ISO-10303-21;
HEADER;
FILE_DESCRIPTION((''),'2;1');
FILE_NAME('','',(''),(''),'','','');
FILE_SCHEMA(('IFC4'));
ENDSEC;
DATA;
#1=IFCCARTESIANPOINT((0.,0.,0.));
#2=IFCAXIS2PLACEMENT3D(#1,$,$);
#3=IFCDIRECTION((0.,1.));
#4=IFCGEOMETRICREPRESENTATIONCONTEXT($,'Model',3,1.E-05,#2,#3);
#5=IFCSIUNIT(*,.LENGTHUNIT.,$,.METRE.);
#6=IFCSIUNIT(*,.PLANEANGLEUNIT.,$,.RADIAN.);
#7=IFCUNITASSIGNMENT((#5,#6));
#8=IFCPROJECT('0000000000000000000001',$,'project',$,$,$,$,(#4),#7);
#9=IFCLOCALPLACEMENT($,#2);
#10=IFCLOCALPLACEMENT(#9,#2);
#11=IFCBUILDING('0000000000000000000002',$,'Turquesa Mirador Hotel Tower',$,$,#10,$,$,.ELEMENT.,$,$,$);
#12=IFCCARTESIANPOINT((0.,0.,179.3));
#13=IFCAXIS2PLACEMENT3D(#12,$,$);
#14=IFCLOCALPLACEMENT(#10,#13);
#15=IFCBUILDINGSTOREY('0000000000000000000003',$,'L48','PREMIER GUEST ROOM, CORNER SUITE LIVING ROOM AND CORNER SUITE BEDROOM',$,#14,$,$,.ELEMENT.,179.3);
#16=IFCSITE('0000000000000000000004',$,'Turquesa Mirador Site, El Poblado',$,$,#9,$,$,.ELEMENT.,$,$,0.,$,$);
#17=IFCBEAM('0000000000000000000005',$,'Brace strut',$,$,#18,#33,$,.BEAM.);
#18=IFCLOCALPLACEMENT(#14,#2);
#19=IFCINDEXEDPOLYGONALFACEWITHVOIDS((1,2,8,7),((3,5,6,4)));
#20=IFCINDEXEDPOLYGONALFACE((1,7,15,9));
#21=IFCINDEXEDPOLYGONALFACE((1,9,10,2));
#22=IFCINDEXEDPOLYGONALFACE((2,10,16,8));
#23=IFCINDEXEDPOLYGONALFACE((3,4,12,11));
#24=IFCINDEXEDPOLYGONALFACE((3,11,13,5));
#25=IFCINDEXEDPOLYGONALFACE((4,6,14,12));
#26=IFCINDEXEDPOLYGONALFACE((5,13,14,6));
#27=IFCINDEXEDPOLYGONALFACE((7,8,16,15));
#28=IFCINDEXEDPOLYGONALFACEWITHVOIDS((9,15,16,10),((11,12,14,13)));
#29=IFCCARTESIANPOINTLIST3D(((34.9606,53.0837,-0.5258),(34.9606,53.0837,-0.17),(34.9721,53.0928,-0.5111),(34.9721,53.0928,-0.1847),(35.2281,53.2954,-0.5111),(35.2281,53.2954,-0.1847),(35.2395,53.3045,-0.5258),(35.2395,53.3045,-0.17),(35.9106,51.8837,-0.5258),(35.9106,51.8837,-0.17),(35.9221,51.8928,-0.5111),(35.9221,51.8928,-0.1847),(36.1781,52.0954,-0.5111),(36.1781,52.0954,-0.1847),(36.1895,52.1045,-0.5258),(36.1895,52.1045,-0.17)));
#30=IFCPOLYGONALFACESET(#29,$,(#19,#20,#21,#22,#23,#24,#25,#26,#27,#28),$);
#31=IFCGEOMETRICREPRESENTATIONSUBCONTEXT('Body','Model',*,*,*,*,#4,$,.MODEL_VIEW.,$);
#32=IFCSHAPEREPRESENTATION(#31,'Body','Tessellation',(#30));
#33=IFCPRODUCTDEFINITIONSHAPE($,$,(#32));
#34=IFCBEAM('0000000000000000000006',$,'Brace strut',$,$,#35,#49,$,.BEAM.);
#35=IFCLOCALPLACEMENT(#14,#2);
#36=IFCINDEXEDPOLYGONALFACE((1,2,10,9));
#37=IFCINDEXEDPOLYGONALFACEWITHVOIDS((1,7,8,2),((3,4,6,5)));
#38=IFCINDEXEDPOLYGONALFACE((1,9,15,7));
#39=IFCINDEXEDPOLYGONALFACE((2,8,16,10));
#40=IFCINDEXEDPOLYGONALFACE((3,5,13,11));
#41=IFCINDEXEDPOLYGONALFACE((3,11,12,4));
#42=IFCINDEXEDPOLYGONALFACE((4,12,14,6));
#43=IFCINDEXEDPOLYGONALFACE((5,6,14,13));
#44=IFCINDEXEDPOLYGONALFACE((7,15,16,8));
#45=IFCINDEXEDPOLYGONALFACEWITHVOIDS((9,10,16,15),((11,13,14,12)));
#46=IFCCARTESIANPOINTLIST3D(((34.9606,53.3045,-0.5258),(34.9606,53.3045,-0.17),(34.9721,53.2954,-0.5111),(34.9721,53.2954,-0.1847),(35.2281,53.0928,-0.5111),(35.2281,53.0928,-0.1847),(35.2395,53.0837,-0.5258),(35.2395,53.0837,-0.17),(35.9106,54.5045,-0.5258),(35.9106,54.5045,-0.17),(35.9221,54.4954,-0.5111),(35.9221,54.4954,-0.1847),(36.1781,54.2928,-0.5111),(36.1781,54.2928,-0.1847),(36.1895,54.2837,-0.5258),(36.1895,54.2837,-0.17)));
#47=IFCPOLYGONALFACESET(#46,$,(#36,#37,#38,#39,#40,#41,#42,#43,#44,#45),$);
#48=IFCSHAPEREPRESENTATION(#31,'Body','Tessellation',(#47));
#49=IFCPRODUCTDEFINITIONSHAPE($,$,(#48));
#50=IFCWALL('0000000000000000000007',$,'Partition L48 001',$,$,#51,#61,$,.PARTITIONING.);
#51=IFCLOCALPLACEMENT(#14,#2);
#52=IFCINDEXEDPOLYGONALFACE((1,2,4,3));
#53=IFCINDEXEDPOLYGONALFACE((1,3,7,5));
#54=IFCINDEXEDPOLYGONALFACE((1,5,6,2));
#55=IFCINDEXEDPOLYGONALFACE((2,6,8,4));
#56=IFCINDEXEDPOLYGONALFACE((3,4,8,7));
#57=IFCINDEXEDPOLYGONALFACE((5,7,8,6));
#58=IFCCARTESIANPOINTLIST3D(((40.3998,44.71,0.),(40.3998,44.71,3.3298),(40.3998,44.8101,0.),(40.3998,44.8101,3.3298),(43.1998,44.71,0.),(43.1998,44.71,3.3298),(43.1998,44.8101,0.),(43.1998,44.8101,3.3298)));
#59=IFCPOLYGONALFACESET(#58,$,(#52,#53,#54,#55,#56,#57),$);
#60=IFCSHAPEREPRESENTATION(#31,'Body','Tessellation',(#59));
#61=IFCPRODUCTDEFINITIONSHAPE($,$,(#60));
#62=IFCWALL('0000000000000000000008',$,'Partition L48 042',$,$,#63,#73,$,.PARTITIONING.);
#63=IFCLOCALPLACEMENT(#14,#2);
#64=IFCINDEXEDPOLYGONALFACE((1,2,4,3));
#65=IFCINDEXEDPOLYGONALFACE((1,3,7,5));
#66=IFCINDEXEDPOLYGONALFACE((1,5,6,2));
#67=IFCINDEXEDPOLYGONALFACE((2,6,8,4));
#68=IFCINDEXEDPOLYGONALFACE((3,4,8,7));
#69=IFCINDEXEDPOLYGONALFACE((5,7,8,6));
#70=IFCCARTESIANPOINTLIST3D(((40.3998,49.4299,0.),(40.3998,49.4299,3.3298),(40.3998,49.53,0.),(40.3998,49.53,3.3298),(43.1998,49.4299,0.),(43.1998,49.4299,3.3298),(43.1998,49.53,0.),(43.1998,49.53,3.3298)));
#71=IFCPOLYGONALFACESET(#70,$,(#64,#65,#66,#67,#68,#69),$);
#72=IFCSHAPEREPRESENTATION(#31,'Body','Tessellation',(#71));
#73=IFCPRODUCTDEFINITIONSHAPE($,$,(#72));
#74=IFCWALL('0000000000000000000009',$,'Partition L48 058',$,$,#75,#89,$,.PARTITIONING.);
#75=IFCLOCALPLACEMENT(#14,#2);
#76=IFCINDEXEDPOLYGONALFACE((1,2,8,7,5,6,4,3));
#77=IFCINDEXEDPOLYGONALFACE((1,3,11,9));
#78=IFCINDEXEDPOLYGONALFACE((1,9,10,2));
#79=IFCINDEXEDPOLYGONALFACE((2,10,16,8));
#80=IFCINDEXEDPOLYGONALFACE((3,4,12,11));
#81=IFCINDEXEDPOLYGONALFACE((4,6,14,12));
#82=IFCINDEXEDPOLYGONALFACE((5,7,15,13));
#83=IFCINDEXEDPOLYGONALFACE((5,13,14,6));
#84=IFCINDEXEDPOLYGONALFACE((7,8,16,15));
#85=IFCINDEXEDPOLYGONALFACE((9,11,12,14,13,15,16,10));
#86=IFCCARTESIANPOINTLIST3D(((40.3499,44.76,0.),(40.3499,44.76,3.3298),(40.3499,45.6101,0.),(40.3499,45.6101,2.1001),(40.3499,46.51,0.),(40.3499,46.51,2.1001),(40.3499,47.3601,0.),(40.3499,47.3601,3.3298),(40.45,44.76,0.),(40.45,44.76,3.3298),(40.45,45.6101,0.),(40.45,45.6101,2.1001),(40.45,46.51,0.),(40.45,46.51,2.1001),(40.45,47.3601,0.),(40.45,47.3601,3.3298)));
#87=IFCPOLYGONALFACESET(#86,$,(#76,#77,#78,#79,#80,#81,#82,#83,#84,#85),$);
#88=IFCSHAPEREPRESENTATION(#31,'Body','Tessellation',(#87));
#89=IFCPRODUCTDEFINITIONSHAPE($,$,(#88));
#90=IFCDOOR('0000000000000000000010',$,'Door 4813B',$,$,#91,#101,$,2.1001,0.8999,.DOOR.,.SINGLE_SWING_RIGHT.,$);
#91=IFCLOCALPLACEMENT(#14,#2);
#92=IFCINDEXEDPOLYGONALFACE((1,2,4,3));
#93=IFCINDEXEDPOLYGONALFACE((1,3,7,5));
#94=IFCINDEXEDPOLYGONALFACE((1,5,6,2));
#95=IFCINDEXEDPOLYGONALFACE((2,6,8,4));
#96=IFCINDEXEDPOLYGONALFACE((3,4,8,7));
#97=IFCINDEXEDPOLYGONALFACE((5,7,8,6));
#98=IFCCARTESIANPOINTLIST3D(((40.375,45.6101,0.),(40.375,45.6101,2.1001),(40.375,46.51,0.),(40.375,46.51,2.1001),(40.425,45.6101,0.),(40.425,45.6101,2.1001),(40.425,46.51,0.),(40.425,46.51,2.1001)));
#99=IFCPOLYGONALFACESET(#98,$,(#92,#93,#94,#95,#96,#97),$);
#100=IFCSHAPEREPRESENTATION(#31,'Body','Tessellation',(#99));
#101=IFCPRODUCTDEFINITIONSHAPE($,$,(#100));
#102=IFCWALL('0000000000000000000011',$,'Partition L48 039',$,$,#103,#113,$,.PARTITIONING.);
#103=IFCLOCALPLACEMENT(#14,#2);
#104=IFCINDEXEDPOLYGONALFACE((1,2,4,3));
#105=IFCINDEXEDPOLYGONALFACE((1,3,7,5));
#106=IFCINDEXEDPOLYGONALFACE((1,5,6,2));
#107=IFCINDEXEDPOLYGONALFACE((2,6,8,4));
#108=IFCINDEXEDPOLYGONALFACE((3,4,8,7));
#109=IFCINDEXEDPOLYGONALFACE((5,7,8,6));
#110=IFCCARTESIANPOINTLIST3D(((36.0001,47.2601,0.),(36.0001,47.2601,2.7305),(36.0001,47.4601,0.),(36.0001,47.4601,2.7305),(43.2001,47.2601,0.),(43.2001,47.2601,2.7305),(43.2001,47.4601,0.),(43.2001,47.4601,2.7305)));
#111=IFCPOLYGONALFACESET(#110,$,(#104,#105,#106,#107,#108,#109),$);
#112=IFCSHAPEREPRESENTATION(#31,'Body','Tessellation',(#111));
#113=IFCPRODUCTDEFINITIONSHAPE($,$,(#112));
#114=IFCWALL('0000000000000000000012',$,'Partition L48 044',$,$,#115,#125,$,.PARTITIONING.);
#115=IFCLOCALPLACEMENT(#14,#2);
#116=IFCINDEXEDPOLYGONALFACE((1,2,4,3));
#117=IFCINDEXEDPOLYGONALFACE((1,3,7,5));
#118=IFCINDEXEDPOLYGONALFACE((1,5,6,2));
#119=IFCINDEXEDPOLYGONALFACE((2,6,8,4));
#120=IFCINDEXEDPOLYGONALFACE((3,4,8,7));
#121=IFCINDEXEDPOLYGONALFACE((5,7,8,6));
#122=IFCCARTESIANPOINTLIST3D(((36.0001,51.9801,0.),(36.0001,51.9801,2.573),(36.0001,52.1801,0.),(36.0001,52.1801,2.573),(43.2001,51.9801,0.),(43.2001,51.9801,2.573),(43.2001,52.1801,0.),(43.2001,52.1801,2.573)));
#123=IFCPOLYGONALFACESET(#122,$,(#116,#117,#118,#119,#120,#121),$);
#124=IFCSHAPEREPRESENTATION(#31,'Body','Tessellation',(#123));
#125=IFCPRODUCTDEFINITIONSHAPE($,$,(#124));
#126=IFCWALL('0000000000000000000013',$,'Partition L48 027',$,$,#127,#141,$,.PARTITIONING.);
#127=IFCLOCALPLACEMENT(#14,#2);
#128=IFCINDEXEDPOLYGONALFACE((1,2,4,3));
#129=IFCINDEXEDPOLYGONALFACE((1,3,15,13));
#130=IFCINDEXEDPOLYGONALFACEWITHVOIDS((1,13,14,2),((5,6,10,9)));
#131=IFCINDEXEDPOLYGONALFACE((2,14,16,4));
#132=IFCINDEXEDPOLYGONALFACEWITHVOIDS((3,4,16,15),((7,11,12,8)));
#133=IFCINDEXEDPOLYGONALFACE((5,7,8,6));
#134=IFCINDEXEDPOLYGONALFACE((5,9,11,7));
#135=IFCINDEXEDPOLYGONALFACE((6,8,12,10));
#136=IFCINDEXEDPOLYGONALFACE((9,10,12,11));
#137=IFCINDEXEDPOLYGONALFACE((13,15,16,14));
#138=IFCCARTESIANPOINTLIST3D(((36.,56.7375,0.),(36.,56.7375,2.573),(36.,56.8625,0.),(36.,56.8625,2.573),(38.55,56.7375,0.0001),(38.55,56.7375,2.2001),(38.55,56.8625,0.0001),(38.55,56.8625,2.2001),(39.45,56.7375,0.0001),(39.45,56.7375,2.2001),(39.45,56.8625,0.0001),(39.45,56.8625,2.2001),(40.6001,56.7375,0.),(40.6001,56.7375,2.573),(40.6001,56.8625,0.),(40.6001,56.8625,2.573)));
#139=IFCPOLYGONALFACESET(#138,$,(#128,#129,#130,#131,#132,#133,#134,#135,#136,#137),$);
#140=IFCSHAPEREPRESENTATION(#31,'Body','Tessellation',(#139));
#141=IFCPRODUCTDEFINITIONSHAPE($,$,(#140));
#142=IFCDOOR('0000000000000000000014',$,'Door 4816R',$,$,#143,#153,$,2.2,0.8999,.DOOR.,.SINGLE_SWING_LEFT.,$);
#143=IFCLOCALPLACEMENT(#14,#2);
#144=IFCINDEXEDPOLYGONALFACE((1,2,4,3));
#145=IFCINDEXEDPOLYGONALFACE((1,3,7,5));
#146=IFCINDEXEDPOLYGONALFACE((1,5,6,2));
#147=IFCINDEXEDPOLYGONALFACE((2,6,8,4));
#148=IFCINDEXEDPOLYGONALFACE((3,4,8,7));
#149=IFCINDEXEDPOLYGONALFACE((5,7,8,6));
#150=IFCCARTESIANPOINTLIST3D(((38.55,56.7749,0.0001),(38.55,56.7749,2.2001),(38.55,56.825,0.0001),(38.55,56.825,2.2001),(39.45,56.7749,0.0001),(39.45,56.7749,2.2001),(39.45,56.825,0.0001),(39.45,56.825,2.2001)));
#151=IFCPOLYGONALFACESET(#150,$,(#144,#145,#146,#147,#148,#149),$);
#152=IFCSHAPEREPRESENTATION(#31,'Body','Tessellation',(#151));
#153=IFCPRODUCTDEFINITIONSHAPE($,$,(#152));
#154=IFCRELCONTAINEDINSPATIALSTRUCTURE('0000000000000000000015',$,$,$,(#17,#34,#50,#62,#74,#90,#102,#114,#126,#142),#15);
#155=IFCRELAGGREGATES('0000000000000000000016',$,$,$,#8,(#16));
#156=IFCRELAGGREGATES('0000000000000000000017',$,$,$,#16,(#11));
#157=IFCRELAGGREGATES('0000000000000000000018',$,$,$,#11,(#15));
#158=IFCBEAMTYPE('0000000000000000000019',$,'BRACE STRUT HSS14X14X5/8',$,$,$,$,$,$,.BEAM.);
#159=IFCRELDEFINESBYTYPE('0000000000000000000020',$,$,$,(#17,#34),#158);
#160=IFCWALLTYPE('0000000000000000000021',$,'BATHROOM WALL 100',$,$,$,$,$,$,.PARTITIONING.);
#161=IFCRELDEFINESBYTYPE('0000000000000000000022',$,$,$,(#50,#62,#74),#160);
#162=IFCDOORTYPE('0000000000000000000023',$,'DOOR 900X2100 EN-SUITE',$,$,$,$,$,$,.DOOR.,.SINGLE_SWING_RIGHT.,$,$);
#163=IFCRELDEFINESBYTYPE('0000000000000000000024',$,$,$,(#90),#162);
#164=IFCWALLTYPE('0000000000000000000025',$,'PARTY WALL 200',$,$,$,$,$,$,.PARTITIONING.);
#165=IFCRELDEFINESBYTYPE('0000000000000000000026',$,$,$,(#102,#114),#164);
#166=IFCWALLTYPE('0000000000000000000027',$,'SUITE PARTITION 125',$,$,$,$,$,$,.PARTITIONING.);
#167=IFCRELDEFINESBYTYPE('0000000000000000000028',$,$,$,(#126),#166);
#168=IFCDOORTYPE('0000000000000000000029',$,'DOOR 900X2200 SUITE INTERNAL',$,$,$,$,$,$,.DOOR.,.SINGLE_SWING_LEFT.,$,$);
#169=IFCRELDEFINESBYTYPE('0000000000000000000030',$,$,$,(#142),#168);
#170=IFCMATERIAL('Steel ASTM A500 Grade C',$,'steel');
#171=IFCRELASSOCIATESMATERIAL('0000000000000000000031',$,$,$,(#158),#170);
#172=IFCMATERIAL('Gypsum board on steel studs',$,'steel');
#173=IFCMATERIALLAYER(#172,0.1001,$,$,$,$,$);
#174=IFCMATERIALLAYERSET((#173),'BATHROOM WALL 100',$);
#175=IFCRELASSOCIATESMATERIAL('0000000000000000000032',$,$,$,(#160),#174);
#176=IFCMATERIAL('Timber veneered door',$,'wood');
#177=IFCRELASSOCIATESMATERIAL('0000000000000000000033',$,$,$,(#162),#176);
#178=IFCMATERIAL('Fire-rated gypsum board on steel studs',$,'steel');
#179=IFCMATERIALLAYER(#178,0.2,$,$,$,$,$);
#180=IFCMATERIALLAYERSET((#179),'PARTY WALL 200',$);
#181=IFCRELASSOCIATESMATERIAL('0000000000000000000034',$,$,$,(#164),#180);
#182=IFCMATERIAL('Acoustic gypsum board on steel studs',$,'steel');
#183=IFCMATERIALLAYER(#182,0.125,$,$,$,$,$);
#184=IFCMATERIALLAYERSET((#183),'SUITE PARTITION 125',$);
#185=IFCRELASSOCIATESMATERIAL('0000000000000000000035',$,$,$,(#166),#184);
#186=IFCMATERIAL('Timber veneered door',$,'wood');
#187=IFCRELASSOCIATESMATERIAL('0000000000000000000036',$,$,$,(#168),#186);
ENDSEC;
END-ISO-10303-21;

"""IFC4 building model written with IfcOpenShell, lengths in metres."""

from ifc_helpers import new_model, si_unit, direction, frame, frame_2d, origin, origin_2d, place, context, subcontext, project, spatial, rectangle, hollow_rectangle, extrude, material, layer, layer_set, material_profile, profile_set, type_object, element, fill, save


model = new_model("IFC4")

# Units and contexts
model_context = context("Model", 3, precision=1e-05, world=origin(), true_north=direction((0.0, 1.0)))
body_context = subcontext(model_context, "Body", "Model", "MODEL_VIEW")
ifc_project = project(units=[si_unit("LENGTHUNIT", "METRE"), si_unit("PLANEANGLEUNIT", "RADIAN")], contexts=[model_context])

# Site, building, storey
site_placement = place(None, origin())
site = spatial("IfcSite", under=ifc_project, at=site_placement, Name="Turquesa Mirador Site, El Poblado", CompositionType="ELEMENT", RefElevation=0.0)
building_placement = place(site_placement, origin())
building = spatial("IfcBuilding", under=site, at=building_placement, Name="Turquesa Mirador Hotel Tower", CompositionType="ELEMENT")
storey_placement = place(building_placement, frame((0.0, 0.0, 179.3)))
storey = spatial("IfcBuildingStorey", under=building, at=storey_placement, Name="L48", Description="PREMIER GUEST ROOM, CORNER SUITE LIVING ROOM AND CORNER SUITE BEDROOM", CompositionType="ELEMENT", Elevation=179.3)

# Beams
ifc_material_1 = material(Name="Steel ASTM A500 Grade C", Category="steel")
ifc_material_profile_1 = material_profile(ifc_material_1, hollow_rectangle(XDim=0.3557, YDim=0.3557, WallThickness=0.0146, at=origin_2d()), Name="HSS14X14X5/8")
ifc_profile_set_1 = profile_set([ifc_material_profile_1], Name="Steel ASTM A500 Grade C")
beam_type_1 = type_object("IfcBeamType", Name="BRACE STRUT HSS14X14X5/8", PredefinedType="BEAM", material=ifc_profile_set_1)
for number, where, z_axis, x_axis, name in (
    (1, (35.1001, 53.1941, -0.3479), (0.620699, -0.784049, 0.0), (0.784049, 0.620699, 0.0), "Brace strut"),
    (2, (35.1001, 53.1941, -0.3479), (0.620699, 0.784049, 0.0), (-0.784049, 0.620699, 0.0), "Brace strut"),
):
    element("IfcBeam", number, at=place(storey_placement, frame(where, z_axis=z_axis, x_axis=x_axis)), inside=storey, type_object=beam_type_1, Name=name, PredefinedType="BEAM", context=body_context, shape_type="SweptSolid", body=[
        extrude(hollow_rectangle(XDim=0.3557, YDim=0.3557, WallThickness=0.0146, at=origin_2d()), origin(), (0.0, 0.0, 1.0), 1.5305),
    ])

# Walls
ifc_material_2 = material(Name="Gypsum board on steel studs", Category="steel")
ifc_layer_1 = layer(ifc_material_2, 0.1001)
ifc_layer_set_1 = layer_set([ifc_layer_1], Name="BATHROOM WALL 100")
wall_type_1 = type_object("IfcWallType", Name="BATHROOM WALL 100", PredefinedType="PARTITIONING", material=ifc_layer_set_1)
for number, where, z_axis, x_axis, name in (
    (3, (40.3999, 44.76, 0.0), (0.0, 0.0, 1.0), (1.0, 0.0, 0.0), "Partition L48 001"),
    (4, (40.3999, 49.48, 0.0), (0.0, 0.0, 1.0), (1.0, 0.0, 0.0), "Partition L48 042"),
):
    element("IfcWall", number, at=place(storey_placement, frame(where, z_axis=z_axis, x_axis=x_axis)), inside=storey, type_object=wall_type_1, Name=name, PredefinedType="PARTITIONING", context=body_context, shape_type="SweptSolid", body=[
        extrude(rectangle(XDim=2.8, YDim=0.1001, at=frame_2d((1.3999, 0.0))), origin(), (0.0, 0.0, 1.0), 3.3298),
    ])

# Wall, opening, door
wall_1_placement = place(storey_placement, frame((40.3999, 44.76, 0.0), z_axis=(0.0, 0.0, 1.0), x_axis=(0.0, 1.0, 0.0)))
wall_1 = element("IfcWall", 5, at=wall_1_placement, inside=storey, type_object=wall_type_1, Name="Partition L48 058", PredefinedType="PARTITIONING", context=body_context, shape_type="SweptSolid", body=[
    extrude(rectangle(XDim=2.6001, YDim=0.1001, at=frame_2d((1.3, 0.0))), origin(), (0.0, 0.0, 1.0), 3.3298),
])
opening_1_placement = place(wall_1_placement, frame((0.8501, 0.0, 0.0)))
opening_1 = element("IfcOpeningElement", 6, at=opening_1_placement, cuts=wall_1, PredefinedType="OPENING", context=body_context, shape_type="SweptSolid", body=[
    extrude(rectangle(XDim=0.8999, YDim=2.1001, at=frame_2d((0.45, 1.05))), frame((0.0, 0.0601, 0.0), z_axis=(0.0, -1.0, 0.0), x_axis=(1.0, 0.0, 0.0)), (0.0, 0.0, 1.0), 0.1201),
])
ifc_material_3 = material(Name="Timber veneered door", Category="wood")
door_type_1 = type_object("IfcDoorType", Name="DOOR 900X2100 EN-SUITE", OperationType="SINGLE_SWING_RIGHT", PredefinedType="DOOR", material=ifc_material_3)
door_1_placement = place(opening_1_placement, origin())
door_1 = element("IfcDoor", 7, at=door_1_placement, inside=storey, type_object=door_type_1, Name="Door 4813B", OperationType="SINGLE_SWING_RIGHT", OverallHeight=2.1001, OverallWidth=0.8999, PredefinedType="DOOR", context=body_context, shape_type="SweptSolid", body=[
    extrude(rectangle(XDim=0.8999, YDim=2.1001, at=frame_2d((0.45, 1.05))), frame((0.0, 0.0249, 0.0), z_axis=(0.0, -1.0, 0.0), x_axis=(1.0, 0.0, 0.0)), (0.0, 0.0, 1.0), 0.05),
])
fill(opening_1, door_1)

# Walls
ifc_material_4 = material(Name="Fire-rated gypsum board on steel studs", Category="steel")
ifc_layer_2 = layer(ifc_material_4, 0.2)
ifc_layer_set_2 = layer_set([ifc_layer_2], Name="PARTY WALL 200")
wall_type_2 = type_object("IfcWallType", Name="PARTY WALL 200", PredefinedType="PARTITIONING", material=ifc_layer_set_2)
wall_2_placement = place(storey_placement, frame((36.0, 47.3601, 0.0), z_axis=(0.0, 0.0, 1.0), x_axis=(1.0, 0.0, 0.0)))
element("IfcWall", 8, at=wall_2_placement, inside=storey, type_object=wall_type_2, Name="Partition L48 039", PredefinedType="PARTITIONING", context=body_context, shape_type="SweptSolid", body=[
    extrude(rectangle(XDim=7.2, YDim=0.2, at=frame_2d((3.6001, 0.0))), origin(), (0.0, 0.0, 1.0), 2.7305),
])
wall_3_placement = place(storey_placement, frame((36.0, 52.0801, 0.0), z_axis=(0.0, 0.0, 1.0), x_axis=(1.0, 0.0, 0.0)))
element("IfcWall", 9, at=wall_3_placement, inside=storey, type_object=wall_type_2, Name="Partition L48 044", PredefinedType="PARTITIONING", context=body_context, shape_type="SweptSolid", body=[
    extrude(rectangle(XDim=7.2, YDim=0.2, at=frame_2d((3.6001, 0.0))), origin(), (0.0, 0.0, 1.0), 2.573),
])

# Wall, opening, door
ifc_material_5 = material(Name="Acoustic gypsum board on steel studs", Category="steel")
ifc_layer_3 = layer(ifc_material_5, 0.125)
ifc_layer_set_3 = layer_set([ifc_layer_3], Name="SUITE PARTITION 125")
wall_type_3 = type_object("IfcWallType", Name="SUITE PARTITION 125", PredefinedType="PARTITIONING", material=ifc_layer_set_3)
wall_4_placement = place(storey_placement, frame((36.0, 56.8, 0.0), z_axis=(0.0, 0.0, 1.0), x_axis=(1.0, 0.0, 0.0)))
wall_4 = element("IfcWall", 10, at=wall_4_placement, inside=storey, type_object=wall_type_3, Name="Partition L48 027", PredefinedType="PARTITIONING", context=body_context, shape_type="SweptSolid", body=[
    extrude(rectangle(XDim=4.6001, YDim=0.125, at=frame_2d((2.3, 0.0))), origin(), (0.0, 0.0, 1.0), 2.573),
])
opening_2_placement = place(wall_4_placement, frame((2.55, 0.0, 0.0)))
opening_2 = element("IfcOpeningElement", 11, at=opening_2_placement, cuts=wall_4, PredefinedType="OPENING", context=body_context, shape_type="SweptSolid", body=[
    extrude(rectangle(XDim=0.8999, YDim=2.2, at=frame_2d((0.45, 1.1001))), frame((0.0, 0.0725, 0.0), z_axis=(0.0, -1.0, 0.0), x_axis=(1.0, 0.0, 0.0)), (0.0, 0.0, 1.0), 0.145),
])
ifc_material_6 = material(Name="Timber veneered door", Category="wood")
door_type_2 = type_object("IfcDoorType", Name="DOOR 900X2200 SUITE INTERNAL", OperationType="SINGLE_SWING_LEFT", PredefinedType="DOOR", material=ifc_material_6)
door_2_placement = place(opening_2_placement, origin())
door_2 = element("IfcDoor", 12, at=door_2_placement, inside=storey, type_object=door_type_2, Name="Door 4816R", OperationType="SINGLE_SWING_LEFT", OverallHeight=2.2, OverallWidth=0.8999, PredefinedType="DOOR", context=body_context, shape_type="SweptSolid", body=[
    extrude(rectangle(XDim=0.8999, YDim=2.2, at=frame_2d((0.45, 1.1001))), frame((0.0, 0.0249, 0.0), z_axis=(0.0, -1.0, 0.0), x_axis=(1.0, 0.0, 0.0)), (0.0, 0.0, 1.0), 0.05),
])
fill(opening_2, door_2)

save(model, "model.ifc")
